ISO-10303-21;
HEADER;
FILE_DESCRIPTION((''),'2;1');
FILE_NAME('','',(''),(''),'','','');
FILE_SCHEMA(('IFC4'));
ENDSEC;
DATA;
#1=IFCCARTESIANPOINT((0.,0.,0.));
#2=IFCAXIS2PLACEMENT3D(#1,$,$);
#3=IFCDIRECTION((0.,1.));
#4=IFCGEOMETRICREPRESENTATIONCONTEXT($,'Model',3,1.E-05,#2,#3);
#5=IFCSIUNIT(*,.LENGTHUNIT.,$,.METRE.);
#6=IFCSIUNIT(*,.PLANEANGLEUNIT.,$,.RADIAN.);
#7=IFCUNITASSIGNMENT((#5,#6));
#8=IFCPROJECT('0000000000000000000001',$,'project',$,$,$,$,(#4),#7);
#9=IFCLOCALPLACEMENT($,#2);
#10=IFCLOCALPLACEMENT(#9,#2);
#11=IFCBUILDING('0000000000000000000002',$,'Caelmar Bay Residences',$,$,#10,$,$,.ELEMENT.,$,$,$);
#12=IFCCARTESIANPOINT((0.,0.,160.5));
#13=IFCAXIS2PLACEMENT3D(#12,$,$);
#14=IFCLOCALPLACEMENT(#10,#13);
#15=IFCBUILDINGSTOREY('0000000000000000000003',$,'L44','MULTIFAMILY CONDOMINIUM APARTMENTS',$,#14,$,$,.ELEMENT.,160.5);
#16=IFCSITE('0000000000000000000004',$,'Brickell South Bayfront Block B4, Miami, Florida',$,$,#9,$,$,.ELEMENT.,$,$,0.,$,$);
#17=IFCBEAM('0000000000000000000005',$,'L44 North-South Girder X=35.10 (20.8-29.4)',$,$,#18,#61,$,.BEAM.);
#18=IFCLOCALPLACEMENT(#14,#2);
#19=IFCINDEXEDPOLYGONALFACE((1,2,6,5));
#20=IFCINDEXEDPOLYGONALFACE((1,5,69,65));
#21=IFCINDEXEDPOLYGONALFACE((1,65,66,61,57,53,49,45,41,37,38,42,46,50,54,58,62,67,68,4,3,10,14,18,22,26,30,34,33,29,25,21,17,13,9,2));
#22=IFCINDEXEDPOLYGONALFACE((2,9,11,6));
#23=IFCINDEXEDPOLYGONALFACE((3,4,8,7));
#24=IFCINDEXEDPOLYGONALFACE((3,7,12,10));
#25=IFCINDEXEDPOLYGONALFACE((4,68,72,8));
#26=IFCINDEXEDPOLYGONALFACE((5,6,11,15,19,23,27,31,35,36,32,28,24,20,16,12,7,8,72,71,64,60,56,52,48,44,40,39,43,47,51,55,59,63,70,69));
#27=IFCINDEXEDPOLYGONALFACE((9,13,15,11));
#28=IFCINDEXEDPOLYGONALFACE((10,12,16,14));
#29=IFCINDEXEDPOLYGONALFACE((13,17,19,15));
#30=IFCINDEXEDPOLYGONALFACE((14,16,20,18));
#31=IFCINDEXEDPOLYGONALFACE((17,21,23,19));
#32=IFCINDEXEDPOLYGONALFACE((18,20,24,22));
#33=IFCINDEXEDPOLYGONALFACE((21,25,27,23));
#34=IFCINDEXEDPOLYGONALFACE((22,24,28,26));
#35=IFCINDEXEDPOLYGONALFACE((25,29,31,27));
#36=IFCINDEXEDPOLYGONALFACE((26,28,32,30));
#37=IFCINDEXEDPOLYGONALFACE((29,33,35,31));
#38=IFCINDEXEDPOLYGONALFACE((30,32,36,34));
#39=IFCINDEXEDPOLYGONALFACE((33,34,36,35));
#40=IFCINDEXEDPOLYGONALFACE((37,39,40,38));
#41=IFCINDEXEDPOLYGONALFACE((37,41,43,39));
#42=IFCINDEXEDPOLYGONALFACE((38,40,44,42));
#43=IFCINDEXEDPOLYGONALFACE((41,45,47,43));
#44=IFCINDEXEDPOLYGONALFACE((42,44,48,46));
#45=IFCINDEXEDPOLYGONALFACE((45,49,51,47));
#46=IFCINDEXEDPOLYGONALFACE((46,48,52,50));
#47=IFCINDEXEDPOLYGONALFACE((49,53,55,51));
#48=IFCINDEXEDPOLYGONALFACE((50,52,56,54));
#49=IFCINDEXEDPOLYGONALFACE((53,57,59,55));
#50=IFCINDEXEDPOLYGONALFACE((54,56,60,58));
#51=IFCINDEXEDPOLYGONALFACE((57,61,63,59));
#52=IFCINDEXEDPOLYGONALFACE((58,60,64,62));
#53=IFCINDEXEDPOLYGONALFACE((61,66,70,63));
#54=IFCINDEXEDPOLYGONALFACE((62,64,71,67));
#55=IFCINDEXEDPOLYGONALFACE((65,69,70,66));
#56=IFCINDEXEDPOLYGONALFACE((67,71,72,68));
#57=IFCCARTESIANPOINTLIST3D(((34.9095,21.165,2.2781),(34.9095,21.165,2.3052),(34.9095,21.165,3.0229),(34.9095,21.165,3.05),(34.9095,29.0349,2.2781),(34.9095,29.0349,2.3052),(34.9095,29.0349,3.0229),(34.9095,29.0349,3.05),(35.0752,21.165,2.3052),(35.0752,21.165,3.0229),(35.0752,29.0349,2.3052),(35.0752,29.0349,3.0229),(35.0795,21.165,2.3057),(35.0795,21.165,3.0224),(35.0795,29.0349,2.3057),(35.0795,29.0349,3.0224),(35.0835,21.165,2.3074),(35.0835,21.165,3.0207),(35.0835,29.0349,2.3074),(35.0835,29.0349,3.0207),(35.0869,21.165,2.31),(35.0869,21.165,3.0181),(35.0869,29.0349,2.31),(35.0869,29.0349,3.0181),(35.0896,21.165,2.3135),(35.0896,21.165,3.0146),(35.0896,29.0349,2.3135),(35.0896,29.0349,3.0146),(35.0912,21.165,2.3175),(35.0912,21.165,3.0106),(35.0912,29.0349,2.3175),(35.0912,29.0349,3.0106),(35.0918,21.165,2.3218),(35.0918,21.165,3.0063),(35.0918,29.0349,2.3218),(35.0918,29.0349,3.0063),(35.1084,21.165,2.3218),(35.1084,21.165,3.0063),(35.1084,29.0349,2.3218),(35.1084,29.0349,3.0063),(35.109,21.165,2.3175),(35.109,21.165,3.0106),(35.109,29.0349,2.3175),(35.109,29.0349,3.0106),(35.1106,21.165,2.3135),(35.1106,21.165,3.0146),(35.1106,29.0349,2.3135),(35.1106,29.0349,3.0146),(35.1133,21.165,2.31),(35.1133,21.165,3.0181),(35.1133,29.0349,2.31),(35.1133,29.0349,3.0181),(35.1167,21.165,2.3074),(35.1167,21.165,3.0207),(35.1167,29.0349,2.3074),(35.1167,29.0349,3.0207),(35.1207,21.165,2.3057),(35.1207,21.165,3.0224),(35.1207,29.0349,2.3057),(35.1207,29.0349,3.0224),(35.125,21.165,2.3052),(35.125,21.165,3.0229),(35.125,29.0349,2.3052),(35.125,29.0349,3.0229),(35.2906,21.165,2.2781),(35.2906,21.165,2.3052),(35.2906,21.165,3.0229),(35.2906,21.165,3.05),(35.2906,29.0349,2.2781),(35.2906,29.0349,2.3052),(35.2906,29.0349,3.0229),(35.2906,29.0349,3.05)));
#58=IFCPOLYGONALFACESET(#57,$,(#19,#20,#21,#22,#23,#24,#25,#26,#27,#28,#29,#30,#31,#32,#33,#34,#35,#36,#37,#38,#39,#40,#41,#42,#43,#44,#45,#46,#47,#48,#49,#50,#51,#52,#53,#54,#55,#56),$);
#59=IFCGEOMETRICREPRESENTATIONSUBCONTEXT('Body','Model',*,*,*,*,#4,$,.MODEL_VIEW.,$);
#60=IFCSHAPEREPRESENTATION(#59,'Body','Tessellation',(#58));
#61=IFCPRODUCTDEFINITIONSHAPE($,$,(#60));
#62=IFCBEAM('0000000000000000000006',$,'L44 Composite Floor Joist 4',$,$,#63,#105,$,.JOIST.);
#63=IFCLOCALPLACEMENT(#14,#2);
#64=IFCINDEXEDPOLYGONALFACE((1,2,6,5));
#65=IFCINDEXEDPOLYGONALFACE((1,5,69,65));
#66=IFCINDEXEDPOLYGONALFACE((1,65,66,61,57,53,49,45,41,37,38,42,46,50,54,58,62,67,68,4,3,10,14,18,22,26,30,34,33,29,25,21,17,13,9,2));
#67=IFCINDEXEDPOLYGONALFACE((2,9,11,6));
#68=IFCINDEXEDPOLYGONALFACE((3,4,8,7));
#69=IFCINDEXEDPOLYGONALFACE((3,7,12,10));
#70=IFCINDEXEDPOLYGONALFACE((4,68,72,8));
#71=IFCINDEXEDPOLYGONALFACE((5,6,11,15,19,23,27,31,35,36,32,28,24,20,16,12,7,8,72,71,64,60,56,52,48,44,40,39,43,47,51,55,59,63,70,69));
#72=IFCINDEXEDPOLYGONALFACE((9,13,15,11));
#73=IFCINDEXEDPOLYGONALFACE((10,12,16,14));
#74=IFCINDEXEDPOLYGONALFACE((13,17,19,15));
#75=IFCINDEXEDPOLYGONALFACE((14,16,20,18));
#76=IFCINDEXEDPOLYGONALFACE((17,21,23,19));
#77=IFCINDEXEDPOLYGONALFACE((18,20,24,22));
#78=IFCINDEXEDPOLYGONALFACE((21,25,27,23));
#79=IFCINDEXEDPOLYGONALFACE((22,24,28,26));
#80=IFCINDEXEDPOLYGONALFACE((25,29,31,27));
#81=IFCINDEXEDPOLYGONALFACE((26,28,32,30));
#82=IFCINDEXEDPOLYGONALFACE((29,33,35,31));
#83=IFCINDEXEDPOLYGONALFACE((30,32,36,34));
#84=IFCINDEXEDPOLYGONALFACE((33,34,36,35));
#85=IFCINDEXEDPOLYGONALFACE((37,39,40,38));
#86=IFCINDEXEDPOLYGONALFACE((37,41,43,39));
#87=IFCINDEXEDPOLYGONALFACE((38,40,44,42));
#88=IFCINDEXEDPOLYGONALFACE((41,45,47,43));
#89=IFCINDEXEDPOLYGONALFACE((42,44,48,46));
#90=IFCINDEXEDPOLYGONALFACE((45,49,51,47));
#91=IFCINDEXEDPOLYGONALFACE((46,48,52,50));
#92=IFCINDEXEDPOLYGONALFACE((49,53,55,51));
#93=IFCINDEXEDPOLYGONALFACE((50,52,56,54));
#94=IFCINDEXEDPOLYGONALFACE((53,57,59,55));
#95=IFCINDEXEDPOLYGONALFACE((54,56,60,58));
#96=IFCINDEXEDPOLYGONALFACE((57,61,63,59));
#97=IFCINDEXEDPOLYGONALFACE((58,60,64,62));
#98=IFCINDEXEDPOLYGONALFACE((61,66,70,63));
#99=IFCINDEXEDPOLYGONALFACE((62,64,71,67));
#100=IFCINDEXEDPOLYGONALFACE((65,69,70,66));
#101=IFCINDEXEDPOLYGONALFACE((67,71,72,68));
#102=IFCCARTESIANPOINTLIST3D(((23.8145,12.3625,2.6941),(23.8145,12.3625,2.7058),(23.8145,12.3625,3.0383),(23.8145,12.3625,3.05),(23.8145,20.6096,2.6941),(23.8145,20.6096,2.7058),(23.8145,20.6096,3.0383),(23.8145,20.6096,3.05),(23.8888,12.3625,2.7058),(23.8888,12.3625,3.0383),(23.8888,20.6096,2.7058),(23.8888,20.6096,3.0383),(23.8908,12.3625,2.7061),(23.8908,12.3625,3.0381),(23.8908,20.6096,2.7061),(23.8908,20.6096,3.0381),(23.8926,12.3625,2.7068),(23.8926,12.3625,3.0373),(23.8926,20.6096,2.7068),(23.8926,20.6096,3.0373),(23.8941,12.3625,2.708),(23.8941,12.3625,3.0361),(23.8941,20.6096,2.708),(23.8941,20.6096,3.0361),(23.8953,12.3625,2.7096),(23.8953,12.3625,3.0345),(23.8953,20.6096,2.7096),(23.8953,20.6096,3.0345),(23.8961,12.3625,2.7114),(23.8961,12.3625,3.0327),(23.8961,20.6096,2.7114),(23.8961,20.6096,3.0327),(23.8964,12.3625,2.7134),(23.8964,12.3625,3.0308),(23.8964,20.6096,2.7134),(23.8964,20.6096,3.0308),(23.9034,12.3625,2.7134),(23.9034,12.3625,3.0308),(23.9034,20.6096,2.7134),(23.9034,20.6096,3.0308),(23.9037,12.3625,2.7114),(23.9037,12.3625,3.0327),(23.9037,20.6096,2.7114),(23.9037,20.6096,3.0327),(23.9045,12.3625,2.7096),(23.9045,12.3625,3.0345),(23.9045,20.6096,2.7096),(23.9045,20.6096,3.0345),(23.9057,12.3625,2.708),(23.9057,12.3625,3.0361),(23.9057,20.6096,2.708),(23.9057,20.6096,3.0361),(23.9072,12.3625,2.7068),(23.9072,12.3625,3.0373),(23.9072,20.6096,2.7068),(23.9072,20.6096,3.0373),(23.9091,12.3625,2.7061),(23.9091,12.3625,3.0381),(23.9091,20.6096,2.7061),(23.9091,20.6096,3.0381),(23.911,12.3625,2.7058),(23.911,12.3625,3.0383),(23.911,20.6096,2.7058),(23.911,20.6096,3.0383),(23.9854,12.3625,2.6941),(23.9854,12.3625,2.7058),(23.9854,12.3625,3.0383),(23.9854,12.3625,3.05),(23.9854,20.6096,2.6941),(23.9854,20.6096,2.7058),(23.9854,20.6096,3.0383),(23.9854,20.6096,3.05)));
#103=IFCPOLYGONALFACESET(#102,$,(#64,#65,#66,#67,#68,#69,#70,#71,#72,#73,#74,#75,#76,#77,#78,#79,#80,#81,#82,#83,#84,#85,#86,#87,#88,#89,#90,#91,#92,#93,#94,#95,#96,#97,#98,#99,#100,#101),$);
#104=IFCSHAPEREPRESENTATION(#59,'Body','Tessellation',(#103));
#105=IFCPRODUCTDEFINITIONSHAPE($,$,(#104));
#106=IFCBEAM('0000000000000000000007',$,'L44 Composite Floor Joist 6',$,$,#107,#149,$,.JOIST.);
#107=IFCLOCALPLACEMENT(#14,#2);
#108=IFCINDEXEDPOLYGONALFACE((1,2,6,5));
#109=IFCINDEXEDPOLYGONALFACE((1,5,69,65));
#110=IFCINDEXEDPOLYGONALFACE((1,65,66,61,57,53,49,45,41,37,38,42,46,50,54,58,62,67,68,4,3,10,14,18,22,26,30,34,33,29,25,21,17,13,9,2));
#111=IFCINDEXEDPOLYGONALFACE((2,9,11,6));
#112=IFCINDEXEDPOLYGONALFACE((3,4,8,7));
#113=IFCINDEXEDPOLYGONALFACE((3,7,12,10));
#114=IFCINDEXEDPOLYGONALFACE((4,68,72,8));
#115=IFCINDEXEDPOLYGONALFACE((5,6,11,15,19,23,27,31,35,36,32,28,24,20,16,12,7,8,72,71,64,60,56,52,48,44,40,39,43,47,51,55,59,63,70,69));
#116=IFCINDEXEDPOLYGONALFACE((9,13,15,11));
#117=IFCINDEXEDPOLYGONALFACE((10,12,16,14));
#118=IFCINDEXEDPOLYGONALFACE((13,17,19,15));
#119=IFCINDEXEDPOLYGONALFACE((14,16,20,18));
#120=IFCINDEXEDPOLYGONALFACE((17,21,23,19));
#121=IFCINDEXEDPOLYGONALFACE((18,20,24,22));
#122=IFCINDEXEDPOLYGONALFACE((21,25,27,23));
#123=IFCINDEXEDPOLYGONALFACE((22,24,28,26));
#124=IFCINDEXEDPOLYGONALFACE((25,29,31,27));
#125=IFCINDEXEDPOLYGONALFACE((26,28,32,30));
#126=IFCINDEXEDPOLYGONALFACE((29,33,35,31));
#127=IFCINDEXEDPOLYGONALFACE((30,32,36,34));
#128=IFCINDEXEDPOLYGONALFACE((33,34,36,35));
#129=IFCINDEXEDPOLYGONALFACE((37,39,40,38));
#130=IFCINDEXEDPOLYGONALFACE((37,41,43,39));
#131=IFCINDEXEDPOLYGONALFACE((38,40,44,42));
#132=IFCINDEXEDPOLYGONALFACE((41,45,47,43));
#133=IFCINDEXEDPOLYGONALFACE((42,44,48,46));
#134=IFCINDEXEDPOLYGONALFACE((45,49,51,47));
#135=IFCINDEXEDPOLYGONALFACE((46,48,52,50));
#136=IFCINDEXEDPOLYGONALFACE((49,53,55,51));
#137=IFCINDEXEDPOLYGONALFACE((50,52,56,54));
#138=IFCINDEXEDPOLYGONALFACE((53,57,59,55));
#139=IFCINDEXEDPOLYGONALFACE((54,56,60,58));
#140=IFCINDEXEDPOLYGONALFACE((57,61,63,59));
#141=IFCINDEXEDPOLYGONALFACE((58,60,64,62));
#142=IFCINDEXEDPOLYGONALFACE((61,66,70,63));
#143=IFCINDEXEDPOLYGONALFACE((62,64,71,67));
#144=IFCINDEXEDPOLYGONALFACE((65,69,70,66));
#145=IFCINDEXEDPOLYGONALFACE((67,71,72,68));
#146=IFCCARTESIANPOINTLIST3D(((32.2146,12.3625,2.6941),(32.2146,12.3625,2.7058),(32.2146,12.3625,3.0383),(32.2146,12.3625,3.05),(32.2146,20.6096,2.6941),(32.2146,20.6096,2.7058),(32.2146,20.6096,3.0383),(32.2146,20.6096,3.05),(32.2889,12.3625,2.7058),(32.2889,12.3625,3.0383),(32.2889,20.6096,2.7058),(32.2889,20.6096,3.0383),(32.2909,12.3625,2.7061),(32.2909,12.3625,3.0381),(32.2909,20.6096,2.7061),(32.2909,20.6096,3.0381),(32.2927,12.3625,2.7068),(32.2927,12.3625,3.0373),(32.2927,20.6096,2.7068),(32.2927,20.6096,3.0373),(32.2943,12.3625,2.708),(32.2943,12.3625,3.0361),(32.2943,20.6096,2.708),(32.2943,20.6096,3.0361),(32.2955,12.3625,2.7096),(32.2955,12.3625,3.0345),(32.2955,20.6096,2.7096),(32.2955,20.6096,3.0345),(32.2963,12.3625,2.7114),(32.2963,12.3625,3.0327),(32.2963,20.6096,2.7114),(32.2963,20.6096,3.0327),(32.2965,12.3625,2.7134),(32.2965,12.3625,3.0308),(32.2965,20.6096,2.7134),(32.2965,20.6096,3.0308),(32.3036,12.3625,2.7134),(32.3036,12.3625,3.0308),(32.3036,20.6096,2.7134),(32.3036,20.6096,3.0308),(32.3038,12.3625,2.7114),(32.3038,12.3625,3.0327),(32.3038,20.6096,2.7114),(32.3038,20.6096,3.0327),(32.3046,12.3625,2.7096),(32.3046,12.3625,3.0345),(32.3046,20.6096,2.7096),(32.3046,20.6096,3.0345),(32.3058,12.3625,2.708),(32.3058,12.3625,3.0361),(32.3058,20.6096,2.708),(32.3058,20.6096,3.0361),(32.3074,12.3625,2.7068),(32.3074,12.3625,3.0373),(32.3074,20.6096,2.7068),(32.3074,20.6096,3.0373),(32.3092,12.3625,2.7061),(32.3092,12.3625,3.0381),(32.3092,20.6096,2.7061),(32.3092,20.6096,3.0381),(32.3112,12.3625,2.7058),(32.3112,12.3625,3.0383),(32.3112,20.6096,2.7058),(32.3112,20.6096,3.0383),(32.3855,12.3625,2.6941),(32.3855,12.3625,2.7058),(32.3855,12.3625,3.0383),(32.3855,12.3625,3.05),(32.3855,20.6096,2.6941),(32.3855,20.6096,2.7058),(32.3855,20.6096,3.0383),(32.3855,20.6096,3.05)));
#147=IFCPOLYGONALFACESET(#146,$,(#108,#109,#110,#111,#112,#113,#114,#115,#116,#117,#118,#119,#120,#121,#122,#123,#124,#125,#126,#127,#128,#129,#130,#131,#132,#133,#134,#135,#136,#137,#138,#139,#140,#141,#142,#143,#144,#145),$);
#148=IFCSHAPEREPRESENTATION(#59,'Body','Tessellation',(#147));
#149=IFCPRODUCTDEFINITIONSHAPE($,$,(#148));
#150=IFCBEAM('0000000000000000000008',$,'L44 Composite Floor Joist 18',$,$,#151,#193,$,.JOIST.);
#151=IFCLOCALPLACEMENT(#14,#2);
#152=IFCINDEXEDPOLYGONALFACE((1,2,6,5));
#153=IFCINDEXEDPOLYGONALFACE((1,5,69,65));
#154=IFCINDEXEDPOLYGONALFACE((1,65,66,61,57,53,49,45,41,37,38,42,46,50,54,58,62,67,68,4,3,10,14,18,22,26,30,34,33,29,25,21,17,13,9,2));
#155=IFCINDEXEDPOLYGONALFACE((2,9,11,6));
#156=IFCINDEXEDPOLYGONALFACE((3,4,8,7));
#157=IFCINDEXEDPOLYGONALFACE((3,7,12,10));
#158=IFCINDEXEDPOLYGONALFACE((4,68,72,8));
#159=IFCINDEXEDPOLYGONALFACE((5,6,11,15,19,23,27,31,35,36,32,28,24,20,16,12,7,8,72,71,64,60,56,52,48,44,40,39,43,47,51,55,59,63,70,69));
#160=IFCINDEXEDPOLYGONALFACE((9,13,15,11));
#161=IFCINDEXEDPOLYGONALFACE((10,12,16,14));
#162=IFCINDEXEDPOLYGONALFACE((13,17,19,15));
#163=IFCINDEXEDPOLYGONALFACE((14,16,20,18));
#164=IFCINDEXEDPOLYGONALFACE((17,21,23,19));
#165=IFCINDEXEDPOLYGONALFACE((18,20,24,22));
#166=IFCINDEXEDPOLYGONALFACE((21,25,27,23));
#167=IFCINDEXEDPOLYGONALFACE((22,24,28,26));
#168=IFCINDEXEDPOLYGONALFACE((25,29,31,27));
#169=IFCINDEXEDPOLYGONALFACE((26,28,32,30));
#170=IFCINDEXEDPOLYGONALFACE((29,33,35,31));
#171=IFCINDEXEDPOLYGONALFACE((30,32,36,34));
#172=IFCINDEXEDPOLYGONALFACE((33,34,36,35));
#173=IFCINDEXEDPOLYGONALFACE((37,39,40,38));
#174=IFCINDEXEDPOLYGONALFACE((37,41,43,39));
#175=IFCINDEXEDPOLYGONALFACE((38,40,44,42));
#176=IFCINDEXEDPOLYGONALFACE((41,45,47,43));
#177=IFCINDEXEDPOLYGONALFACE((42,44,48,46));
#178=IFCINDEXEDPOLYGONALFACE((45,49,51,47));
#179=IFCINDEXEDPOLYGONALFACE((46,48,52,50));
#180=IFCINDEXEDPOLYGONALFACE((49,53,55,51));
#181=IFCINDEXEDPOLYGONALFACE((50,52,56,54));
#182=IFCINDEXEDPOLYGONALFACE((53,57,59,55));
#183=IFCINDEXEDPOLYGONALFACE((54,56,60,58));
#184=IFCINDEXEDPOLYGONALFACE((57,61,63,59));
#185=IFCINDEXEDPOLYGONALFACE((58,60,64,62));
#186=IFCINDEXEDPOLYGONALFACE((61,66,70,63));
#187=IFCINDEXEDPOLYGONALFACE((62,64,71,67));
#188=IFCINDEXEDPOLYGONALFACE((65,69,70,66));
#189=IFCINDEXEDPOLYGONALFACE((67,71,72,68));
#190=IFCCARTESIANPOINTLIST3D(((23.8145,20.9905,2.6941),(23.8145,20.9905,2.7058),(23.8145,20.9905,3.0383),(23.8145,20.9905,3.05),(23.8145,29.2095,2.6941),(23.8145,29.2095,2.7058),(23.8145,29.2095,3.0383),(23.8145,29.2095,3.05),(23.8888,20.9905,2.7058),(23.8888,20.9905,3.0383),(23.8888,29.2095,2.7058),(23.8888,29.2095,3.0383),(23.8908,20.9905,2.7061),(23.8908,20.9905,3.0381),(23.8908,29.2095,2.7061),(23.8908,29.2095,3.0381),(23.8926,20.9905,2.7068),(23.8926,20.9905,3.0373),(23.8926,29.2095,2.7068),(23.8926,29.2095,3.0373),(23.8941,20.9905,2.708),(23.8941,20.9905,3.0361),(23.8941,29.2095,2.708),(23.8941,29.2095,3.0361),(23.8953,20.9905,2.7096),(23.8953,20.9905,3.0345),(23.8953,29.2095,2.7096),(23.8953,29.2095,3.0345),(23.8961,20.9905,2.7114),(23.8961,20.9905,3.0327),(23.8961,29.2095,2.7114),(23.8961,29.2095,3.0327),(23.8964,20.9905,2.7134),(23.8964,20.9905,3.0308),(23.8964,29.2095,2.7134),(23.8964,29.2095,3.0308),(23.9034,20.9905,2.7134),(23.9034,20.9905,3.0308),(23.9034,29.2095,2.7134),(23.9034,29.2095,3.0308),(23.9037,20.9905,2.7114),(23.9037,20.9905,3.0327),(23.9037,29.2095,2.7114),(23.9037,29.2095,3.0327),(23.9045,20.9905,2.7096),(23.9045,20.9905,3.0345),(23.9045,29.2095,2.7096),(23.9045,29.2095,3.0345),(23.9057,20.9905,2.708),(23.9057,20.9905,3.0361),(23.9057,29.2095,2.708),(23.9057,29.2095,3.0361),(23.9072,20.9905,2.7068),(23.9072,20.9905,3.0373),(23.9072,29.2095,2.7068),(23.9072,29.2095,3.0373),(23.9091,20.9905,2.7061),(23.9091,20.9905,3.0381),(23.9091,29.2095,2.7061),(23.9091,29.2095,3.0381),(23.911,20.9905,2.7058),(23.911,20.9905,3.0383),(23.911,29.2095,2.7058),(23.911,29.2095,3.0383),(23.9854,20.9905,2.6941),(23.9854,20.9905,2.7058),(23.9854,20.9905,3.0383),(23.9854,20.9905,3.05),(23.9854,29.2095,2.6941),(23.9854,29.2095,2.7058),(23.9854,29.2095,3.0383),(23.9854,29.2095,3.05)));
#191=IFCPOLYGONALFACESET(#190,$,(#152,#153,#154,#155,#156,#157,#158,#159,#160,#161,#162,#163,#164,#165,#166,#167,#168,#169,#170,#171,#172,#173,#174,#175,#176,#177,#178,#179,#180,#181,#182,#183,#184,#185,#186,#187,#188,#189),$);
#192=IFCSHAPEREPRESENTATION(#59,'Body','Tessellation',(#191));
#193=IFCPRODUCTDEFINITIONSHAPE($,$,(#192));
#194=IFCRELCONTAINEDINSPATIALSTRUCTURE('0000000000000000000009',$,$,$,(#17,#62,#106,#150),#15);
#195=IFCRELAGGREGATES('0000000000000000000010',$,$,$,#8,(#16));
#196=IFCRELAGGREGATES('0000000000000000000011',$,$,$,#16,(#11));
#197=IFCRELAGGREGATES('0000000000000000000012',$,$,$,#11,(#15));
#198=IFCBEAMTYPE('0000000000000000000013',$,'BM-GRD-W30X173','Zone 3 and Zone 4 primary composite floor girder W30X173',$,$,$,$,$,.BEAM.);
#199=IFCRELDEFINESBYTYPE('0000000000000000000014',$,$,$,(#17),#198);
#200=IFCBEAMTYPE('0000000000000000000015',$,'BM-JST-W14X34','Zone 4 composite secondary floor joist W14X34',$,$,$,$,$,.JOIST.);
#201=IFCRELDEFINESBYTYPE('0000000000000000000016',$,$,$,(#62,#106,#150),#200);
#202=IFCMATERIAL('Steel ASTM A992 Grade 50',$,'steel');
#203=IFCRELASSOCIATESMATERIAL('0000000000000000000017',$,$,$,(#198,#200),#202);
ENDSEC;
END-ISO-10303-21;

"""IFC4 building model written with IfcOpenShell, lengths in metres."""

from ifc_helpers import new_model, si_unit, direction, frame, origin, origin_2d, place, context, subcontext, project, spatial, i_section, extrude, material, material_profile, profile_set, type_object, element, save


model = new_model("IFC4")

# Units and contexts
model_context = context("Model", 3, precision=1e-05, world=origin(), true_north=direction((0.0, 1.0)))
body_context = subcontext(model_context, "Body", "Model", "MODEL_VIEW")
ifc_project = project(units=[si_unit("LENGTHUNIT", "METRE"), si_unit("PLANEANGLEUNIT", "RADIAN")], contexts=[model_context])

# Site, building, storey
site_placement = place(None, origin())
site = spatial("IfcSite", under=ifc_project, at=site_placement, Name="Brickell South Bayfront Block B4, Miami, Florida", CompositionType="ELEMENT", RefElevation=0.0)
building_placement = place(site_placement, origin())
building = spatial("IfcBuilding", under=site, at=building_placement, Name="Caelmar Bay Residences", CompositionType="ELEMENT")
storey_placement = place(building_placement, frame((0.0, 0.0, 160.5)))
storey = spatial("IfcBuildingStorey", under=building, at=storey_placement, Name="L44", Description="MULTIFAMILY CONDOMINIUM APARTMENTS", CompositionType="ELEMENT", Elevation=160.5)

# Beams
ifc_material_1 = material(Name="Steel ASTM A992 Grade 50", Category="steel")
ifc_material_profile_1 = material_profile(ifc_material_1, i_section(OverallWidth=0.3811, OverallDepth=0.772, WebThickness=0.0166, FlangeThickness=0.0271, FilletRadius=0.0166, at=origin_2d()), Name="W30X173")
ifc_profile_set_1 = profile_set([ifc_material_profile_1], Name="Steel ASTM A992 Grade 50")
beam_type_1 = type_object("IfcBeamType", Name="BM-GRD-W30X173", Description="Zone 3 and Zone 4 primary composite floor girder W30X173", PredefinedType="BEAM", material=ifc_profile_set_1)
beam_1_placement = place(storey_placement, frame((35.1001, 21.165, 2.6641), z_axis=(0.0, 1.0, 0.0), x_axis=(-1.0, 0.0, 0.0)))
element("IfcBeam", 1, at=beam_1_placement, inside=storey, type_object=beam_type_1, Name="L44 North-South Girder X=35.10 (20.8-29.4)", PredefinedType="BEAM", context=body_context, shape_type="SweptSolid", body=[
    extrude(i_section(OverallWidth=0.3811, OverallDepth=0.772, WebThickness=0.0166, FlangeThickness=0.0271, FilletRadius=0.0166, at=origin_2d()), origin(), (0.0, 0.0, 1.0), 7.8699),
])
ifc_material_profile_2 = material_profile(ifc_material_1, i_section(OverallWidth=0.1709, OverallDepth=0.356, WebThickness=0.0071, FlangeThickness=0.0117, FilletRadius=0.0076, at=origin_2d()), Name="W14X34")
ifc_profile_set_2 = profile_set([ifc_material_profile_2], Name="Steel ASTM A992 Grade 50")
beam_type_2 = type_object("IfcBeamType", Name="BM-JST-W14X34", Description="Zone 4 composite secondary floor joist W14X34", PredefinedType="JOIST", material=ifc_profile_set_2)
for number, where, z_axis, x_axis, name in (
    (2, (23.8999, 12.3625, 2.8721), (0.0, 1.0, 0.0), (-1.0, 0.0, 0.0), "L44 Composite Floor Joist 4"),
    (3, (32.3, 12.3625, 2.8721), (0.0, 1.0, 0.0), (-1.0, 0.0, 0.0), "L44 Composite Floor Joist 6"),
):
    element("IfcBeam", number, at=place(storey_placement, frame(where, z_axis=z_axis, x_axis=x_axis)), inside=storey, type_object=beam_type_2, Name=name, PredefinedType="JOIST", context=body_context, shape_type="SweptSolid", body=[
        extrude(i_section(OverallWidth=0.1709, OverallDepth=0.356, WebThickness=0.0071, FlangeThickness=0.0117, FilletRadius=0.0076, at=origin_2d()), origin(), (0.0, 0.0, 1.0), 8.2471),
    ])
for number, where, z_axis, x_axis, name in (
    (4, (23.8999, 20.9905, 2.8721), (0.0, 1.0, 0.0), (-1.0, 0.0, 0.0), "L44 Composite Floor Joist 18"),
):
    element("IfcBeam", number, at=place(storey_placement, frame(where, z_axis=z_axis, x_axis=x_axis)), inside=storey, type_object=beam_type_2, Name=name, PredefinedType="JOIST", context=body_context, shape_type="SweptSolid", body=[
        extrude(i_section(OverallWidth=0.1709, OverallDepth=0.356, WebThickness=0.0071, FlangeThickness=0.0117, FilletRadius=0.0076, at=origin_2d()), origin(), (0.0, 0.0, 1.0), 8.219),
    ])

save(model, "model.ifc")
